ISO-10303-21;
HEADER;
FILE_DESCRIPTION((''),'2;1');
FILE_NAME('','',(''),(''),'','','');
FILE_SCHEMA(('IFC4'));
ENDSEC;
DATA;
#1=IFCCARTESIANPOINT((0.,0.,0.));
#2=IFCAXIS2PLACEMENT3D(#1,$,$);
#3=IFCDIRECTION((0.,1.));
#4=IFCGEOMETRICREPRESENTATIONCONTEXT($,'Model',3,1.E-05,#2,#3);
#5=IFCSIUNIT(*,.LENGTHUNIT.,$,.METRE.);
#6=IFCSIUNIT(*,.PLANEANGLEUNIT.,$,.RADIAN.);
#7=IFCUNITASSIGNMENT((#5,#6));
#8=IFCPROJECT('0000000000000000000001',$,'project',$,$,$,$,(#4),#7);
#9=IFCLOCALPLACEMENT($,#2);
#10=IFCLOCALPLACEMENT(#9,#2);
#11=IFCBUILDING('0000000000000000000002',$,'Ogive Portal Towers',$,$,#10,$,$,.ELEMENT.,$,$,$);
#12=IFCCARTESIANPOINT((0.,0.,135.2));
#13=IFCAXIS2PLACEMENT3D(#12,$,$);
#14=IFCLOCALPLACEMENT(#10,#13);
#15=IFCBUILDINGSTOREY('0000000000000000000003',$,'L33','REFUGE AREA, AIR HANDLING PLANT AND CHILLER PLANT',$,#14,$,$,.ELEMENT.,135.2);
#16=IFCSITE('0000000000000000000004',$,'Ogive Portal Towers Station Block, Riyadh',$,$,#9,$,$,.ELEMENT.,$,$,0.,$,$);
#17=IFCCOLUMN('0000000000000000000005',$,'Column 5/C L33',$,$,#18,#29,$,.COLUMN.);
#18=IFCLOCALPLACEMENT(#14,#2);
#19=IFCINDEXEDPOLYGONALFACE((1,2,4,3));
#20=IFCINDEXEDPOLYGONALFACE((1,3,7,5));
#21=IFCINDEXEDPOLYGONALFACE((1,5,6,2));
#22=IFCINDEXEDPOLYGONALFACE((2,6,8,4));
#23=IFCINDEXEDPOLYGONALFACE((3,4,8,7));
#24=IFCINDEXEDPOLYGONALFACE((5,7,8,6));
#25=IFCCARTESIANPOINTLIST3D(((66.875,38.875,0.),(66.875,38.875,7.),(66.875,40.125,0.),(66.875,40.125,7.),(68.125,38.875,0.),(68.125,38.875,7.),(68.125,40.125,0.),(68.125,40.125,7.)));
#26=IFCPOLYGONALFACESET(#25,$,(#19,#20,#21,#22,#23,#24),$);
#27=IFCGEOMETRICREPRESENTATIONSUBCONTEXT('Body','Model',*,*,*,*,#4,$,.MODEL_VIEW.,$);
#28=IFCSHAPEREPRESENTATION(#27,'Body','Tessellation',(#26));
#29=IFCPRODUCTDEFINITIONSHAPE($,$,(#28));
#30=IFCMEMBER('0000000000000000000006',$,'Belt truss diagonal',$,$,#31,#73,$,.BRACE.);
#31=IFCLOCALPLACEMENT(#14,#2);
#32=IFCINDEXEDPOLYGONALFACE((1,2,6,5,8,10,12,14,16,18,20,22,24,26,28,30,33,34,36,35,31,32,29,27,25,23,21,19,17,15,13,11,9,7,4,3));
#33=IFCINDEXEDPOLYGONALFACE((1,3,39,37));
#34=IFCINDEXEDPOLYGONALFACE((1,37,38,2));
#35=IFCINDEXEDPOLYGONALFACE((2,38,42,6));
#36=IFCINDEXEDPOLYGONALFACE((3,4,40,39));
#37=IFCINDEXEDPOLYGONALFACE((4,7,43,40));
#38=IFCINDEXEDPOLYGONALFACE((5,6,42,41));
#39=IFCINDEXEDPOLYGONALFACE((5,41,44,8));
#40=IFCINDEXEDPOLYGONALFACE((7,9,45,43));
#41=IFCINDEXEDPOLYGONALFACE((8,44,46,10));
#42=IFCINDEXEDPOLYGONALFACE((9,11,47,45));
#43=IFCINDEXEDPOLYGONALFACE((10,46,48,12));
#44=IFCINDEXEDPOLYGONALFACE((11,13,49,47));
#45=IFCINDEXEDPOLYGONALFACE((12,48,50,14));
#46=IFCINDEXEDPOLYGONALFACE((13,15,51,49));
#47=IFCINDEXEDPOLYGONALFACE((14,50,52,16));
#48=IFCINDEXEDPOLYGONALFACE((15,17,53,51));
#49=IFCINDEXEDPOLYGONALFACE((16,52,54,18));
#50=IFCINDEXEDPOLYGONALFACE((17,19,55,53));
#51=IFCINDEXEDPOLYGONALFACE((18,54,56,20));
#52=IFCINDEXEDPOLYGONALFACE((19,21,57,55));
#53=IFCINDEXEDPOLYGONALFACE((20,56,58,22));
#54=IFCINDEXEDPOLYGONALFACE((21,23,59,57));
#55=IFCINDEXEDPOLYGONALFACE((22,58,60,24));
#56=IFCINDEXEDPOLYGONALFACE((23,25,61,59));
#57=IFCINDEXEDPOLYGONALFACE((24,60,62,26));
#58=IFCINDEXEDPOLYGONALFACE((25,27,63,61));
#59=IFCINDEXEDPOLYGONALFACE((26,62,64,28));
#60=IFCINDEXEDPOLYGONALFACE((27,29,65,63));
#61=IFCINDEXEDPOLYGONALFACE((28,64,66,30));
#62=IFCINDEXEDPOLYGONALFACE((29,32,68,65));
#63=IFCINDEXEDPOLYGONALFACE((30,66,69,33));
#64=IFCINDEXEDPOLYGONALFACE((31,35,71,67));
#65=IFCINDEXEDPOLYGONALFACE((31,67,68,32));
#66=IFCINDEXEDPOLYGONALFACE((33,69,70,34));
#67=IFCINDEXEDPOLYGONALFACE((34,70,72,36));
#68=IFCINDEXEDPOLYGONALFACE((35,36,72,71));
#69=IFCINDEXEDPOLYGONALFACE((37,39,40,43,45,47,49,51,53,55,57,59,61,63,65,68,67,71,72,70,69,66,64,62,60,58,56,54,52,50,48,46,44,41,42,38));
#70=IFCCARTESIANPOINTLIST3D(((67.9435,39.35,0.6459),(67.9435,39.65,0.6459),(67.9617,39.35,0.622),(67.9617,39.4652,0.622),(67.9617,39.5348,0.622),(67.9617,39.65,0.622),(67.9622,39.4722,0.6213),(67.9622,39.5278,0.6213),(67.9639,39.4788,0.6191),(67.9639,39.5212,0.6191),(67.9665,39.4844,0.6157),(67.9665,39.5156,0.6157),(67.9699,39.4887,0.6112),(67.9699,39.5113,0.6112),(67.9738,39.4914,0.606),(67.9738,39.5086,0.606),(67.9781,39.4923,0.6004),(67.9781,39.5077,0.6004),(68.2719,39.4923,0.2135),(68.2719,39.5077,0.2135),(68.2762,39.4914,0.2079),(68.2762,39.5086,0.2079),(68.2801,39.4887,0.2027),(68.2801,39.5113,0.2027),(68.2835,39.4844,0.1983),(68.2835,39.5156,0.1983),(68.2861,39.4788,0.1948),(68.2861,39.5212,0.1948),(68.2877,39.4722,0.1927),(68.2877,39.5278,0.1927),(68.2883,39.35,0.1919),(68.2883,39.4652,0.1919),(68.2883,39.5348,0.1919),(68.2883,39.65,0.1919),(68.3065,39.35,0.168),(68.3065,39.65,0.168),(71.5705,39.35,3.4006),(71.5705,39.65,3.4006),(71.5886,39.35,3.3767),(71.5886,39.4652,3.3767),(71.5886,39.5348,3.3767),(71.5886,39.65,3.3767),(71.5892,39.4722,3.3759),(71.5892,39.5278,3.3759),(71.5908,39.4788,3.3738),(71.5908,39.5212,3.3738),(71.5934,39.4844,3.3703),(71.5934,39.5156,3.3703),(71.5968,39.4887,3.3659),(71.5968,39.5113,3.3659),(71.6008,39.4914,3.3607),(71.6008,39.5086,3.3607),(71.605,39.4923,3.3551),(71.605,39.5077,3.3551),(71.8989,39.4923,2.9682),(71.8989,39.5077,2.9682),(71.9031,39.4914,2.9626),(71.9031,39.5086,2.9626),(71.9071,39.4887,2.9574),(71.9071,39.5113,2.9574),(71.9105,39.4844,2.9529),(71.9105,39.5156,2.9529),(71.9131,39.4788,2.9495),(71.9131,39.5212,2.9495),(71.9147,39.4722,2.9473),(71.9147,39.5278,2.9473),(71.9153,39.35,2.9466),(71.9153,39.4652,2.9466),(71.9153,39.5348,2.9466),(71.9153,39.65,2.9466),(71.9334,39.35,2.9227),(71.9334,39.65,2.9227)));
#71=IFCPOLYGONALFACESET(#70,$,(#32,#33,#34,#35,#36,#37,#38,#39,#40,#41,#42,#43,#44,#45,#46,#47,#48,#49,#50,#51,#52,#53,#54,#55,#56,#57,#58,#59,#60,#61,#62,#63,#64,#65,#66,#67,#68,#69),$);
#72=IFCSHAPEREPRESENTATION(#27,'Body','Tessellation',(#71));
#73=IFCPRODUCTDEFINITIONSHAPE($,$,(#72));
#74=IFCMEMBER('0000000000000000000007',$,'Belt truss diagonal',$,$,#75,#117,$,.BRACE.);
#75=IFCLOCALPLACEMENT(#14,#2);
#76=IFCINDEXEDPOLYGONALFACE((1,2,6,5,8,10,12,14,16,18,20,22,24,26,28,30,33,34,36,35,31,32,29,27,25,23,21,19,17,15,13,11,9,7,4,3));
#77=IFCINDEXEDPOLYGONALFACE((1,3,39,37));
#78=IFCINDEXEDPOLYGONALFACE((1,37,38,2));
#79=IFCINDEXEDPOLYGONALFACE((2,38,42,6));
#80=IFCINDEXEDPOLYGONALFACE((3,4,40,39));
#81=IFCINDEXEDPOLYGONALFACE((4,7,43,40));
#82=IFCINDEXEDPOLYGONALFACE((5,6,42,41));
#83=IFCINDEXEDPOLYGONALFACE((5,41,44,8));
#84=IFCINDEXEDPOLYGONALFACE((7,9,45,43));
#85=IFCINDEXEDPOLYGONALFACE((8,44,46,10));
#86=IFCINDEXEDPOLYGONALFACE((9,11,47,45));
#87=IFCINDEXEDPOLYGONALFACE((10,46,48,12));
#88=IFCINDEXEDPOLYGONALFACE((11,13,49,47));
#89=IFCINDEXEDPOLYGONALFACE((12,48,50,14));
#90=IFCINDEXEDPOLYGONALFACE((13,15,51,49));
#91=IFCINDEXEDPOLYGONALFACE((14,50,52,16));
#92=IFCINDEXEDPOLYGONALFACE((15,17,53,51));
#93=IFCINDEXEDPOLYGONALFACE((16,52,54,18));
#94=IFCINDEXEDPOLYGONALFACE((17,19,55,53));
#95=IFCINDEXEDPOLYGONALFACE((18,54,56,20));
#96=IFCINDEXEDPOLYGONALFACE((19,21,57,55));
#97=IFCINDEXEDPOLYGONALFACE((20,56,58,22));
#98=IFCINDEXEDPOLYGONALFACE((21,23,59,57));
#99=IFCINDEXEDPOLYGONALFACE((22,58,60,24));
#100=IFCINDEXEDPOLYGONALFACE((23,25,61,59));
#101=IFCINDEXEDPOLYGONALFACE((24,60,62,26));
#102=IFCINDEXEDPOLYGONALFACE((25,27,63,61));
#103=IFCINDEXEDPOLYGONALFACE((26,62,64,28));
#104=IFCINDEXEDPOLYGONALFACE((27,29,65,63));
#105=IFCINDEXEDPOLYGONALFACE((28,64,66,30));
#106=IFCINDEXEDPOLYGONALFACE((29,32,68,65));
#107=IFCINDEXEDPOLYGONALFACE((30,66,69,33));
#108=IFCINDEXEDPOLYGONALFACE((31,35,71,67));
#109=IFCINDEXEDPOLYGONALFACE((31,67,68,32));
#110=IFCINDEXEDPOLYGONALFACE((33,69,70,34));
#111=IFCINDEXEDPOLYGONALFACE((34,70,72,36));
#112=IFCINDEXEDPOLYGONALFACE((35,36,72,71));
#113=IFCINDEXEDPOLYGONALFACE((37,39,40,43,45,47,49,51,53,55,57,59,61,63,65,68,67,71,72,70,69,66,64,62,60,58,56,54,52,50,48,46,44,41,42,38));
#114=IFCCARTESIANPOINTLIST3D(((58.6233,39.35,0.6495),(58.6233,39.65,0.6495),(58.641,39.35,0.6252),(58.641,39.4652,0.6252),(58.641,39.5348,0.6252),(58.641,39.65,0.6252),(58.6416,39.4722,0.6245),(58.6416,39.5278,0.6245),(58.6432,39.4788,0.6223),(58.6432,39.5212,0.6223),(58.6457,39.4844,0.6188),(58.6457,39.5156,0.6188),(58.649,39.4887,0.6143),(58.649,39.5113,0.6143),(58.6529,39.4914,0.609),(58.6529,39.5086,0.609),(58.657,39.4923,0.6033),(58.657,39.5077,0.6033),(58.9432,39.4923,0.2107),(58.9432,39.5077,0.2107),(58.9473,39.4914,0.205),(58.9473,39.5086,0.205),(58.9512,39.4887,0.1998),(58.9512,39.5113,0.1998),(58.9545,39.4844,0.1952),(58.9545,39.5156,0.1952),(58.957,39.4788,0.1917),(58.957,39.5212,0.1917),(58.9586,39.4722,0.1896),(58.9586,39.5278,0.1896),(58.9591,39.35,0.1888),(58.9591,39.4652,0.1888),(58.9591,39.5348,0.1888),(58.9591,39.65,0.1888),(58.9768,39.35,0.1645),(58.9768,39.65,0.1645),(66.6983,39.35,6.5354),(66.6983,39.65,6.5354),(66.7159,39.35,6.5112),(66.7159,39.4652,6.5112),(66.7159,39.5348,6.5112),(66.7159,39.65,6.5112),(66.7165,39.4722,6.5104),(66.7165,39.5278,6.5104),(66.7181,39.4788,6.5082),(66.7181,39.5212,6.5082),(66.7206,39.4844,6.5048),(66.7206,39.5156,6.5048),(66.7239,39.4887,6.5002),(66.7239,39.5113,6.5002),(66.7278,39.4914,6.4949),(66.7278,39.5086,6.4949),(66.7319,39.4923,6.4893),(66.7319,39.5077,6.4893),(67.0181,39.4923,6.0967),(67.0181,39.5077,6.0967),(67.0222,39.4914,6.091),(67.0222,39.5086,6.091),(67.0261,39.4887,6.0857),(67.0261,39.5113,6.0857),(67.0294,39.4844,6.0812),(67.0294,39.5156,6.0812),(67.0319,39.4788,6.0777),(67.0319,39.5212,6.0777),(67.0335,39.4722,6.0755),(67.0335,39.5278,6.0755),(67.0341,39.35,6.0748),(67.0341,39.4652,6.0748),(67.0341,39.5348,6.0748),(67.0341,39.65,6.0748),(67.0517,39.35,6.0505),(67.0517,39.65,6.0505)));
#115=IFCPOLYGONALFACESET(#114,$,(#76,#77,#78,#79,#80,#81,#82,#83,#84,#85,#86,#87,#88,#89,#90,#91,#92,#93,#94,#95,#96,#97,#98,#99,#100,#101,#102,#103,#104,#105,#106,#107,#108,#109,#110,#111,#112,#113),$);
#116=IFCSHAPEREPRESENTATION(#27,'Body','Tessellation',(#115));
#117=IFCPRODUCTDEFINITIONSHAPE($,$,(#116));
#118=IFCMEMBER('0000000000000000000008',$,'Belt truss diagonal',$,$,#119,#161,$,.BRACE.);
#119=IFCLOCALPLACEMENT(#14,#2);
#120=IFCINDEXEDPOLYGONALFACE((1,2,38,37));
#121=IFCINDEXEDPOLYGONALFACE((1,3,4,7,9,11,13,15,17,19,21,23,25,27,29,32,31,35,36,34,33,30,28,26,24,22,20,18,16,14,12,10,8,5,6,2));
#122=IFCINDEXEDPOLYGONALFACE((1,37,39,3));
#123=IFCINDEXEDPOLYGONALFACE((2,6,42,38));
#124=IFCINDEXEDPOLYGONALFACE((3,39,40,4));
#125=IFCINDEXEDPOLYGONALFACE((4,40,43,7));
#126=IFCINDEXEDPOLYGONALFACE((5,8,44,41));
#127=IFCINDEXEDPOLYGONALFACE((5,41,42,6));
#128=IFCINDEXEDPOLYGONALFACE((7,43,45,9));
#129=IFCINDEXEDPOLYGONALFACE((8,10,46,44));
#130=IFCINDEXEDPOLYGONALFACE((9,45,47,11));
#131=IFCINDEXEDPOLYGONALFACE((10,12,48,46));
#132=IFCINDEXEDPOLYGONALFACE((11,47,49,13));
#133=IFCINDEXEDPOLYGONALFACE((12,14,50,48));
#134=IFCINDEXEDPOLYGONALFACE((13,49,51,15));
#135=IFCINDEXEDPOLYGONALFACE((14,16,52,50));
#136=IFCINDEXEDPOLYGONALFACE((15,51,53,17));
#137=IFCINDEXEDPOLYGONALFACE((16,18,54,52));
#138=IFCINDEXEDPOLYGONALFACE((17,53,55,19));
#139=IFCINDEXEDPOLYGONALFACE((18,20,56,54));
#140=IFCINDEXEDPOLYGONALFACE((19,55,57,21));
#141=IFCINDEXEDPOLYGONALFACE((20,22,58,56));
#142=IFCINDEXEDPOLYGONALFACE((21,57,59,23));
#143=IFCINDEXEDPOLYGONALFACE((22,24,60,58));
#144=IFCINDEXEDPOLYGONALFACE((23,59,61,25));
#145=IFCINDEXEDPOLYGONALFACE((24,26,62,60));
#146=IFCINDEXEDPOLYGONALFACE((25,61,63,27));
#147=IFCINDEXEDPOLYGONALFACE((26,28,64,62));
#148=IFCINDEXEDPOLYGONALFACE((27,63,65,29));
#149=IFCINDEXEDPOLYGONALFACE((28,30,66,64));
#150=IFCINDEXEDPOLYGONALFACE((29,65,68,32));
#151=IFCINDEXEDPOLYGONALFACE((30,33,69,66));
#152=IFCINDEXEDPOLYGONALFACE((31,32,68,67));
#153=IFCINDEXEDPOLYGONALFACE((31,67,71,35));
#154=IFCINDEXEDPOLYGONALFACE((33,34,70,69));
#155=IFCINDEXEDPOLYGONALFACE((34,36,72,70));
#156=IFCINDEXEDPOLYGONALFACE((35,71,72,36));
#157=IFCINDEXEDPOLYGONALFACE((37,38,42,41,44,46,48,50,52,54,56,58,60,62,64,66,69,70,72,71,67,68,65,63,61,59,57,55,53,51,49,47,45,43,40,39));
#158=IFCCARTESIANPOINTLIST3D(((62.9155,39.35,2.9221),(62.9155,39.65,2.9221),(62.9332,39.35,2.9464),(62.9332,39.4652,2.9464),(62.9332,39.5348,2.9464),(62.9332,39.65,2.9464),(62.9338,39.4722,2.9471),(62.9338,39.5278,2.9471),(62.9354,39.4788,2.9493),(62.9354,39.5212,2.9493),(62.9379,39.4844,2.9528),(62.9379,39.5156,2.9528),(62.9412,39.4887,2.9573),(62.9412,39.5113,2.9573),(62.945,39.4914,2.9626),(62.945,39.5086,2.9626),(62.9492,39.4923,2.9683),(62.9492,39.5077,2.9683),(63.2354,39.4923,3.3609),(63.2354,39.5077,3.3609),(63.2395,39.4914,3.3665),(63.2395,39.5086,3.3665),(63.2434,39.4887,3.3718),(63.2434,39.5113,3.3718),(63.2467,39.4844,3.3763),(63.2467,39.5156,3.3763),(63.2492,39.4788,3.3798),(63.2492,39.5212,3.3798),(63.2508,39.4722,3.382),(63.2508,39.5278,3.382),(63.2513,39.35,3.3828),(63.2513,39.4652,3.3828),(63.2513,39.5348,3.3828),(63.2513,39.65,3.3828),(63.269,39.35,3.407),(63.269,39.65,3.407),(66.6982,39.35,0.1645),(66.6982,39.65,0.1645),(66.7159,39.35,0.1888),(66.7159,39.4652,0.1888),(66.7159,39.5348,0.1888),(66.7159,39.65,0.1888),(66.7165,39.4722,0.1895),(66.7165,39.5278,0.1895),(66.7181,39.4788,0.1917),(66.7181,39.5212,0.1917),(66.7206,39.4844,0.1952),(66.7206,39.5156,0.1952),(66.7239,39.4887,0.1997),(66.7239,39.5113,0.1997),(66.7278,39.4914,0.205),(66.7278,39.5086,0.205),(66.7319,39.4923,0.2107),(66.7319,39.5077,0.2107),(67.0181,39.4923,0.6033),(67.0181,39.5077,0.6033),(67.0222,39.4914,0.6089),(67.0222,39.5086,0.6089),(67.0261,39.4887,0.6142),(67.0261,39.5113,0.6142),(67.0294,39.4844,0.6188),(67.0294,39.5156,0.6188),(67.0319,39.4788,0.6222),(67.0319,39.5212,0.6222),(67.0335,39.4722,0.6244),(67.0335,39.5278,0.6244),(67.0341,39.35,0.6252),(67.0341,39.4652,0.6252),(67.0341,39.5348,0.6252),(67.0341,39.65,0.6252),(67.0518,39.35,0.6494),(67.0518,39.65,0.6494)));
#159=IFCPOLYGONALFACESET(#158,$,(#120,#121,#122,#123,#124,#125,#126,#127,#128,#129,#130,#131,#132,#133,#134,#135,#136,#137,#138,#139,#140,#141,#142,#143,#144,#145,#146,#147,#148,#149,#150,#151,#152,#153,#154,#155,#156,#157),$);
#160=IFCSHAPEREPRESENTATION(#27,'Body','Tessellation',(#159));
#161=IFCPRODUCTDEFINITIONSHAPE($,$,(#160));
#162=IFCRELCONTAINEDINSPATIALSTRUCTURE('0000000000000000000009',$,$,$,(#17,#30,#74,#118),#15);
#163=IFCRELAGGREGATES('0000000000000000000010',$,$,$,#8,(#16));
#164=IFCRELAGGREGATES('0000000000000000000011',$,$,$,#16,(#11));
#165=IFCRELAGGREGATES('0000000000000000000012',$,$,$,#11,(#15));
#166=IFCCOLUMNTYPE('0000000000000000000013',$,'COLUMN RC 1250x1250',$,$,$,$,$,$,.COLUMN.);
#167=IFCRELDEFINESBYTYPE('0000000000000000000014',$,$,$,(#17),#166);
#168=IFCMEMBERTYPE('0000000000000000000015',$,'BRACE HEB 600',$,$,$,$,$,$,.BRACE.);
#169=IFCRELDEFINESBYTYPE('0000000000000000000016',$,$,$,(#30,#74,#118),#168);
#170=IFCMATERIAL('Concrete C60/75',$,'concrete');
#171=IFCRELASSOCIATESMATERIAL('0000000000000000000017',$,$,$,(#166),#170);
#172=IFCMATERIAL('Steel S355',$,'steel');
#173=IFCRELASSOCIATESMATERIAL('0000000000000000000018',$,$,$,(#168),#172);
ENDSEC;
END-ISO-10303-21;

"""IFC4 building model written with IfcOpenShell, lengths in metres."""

from ifc_helpers import new_model, si_unit, direction, frame, origin, origin_2d, place, context, subcontext, project, spatial, rectangle, i_section, extrude, material, material_profile, profile_set, type_object, element, save


model = new_model("IFC4")

# Units and contexts
model_context = context("Model", 3, precision=1e-05, world=origin(), true_north=direction((0.0, 1.0)))
body_context = subcontext(model_context, "Body", "Model", "MODEL_VIEW")
ifc_project = project(units=[si_unit("LENGTHUNIT", "METRE"), si_unit("PLANEANGLEUNIT", "RADIAN")], contexts=[model_context])

# Site, building, storey
site_placement = place(None, origin())
site = spatial("IfcSite", under=ifc_project, at=site_placement, Name="Ogive Portal Towers Station Block, Riyadh", CompositionType="ELEMENT", RefElevation=0.0)
building_placement = place(site_placement, origin())
building = spatial("IfcBuilding", under=site, at=building_placement, Name="Ogive Portal Towers", CompositionType="ELEMENT")
storey_placement = place(building_placement, frame((0.0, 0.0, 135.2)))
storey = spatial("IfcBuildingStorey", under=building, at=storey_placement, Name="L33", Description="REFUGE AREA, AIR HANDLING PLANT AND CHILLER PLANT", CompositionType="ELEMENT", Elevation=135.2)

# Column
ifc_material_1 = material(Name="Concrete C60/75", Category="concrete")
ifc_material_profile_1 = material_profile(ifc_material_1, rectangle(XDim=1.25, YDim=1.25, at=origin_2d()), Name="RC 1250x1250")
ifc_profile_set_1 = profile_set([ifc_material_profile_1], Name="Concrete C60/75")
column_type = type_object("IfcColumnType", Name="COLUMN RC 1250x1250", PredefinedType="COLUMN", material=ifc_profile_set_1)
column_placement = place(storey_placement, frame((67.5, 39.5, 0.0), z_axis=(0.0, 0.0, 1.0), x_axis=(1.0, 0.0, 0.0)))
element("IfcColumn", 1, at=column_placement, inside=storey, type_object=column_type, Name="Column 5/C L33", PredefinedType="COLUMN", context=body_context, shape_type="SweptSolid", body=[
    extrude(rectangle(XDim=1.25, YDim=1.25, at=origin_2d()), origin(), (0.0, 0.0, 1.0), 7.0),
])

# Members
ifc_material_2 = material(Name="Steel S355", Category="steel")
ifc_material_profile_2 = material_profile(ifc_material_2, i_section(OverallWidth=0.3, OverallDepth=0.6001, WebThickness=0.0154, FlangeThickness=0.03, FilletRadius=0.0271, at=origin_2d()), Name="HEB 600")
ifc_profile_set_2 = profile_set([ifc_material_profile_2], Name="Steel S355")
member_type_1 = type_object("IfcMemberType", Name="BRACE HEB 600", PredefinedType="BRACE", material=ifc_profile_set_2)
member_1_placement = place(storey_placement, frame((71.752, 39.5, 3.1616), z_axis=(-0.796357, 0.0, -0.604826), x_axis=(0.0, -1.0, 0.0)))
element("IfcMember", 2, at=member_1_placement, inside=storey, type_object=member_type_1, Name="Belt truss diagonal", PredefinedType="BRACE", context=body_context, shape_type="SweptSolid", body=[
    extrude(i_section(OverallWidth=0.3, OverallDepth=0.6001, WebThickness=0.0154, FlangeThickness=0.03, FilletRadius=0.0271, at=origin_2d()), origin(), (0.0, 0.0, 1.0), 4.5544),
])
member_2_placement = place(storey_placement, frame((66.875, 39.5, 6.293), z_axis=(-0.808103, 0.0, -0.589042), x_axis=(0.0, -1.0, 0.0)))
element("IfcMember", 3, at=member_2_placement, inside=storey, type_object=member_type_1, Name="Belt truss diagonal", PredefinedType="BRACE", context=body_context, shape_type="SweptSolid", body=[
    extrude(i_section(OverallWidth=0.3, OverallDepth=0.6001, WebThickness=0.0154, FlangeThickness=0.03, FilletRadius=0.0271, at=origin_2d()), origin(), (0.0, 0.0, 1.0), 9.9924),
])
member_3_placement = place(storey_placement, frame((66.875, 39.5, 0.407), z_axis=(-0.808075, 0.0, 0.58908), x_axis=(0.0, -1.0, 0.0)))
element("IfcMember", 4, at=member_3_placement, inside=storey, type_object=member_type_1, Name="Belt truss diagonal", PredefinedType="BRACE", context=body_context, shape_type="SweptSolid", body=[
    extrude(i_section(OverallWidth=0.3, OverallDepth=0.6001, WebThickness=0.0154, FlangeThickness=0.03, FilletRadius=0.0271, at=origin_2d()), origin(), (0.0, 0.0, 1.0), 4.6812),
])

save(model, "model.ifc")
